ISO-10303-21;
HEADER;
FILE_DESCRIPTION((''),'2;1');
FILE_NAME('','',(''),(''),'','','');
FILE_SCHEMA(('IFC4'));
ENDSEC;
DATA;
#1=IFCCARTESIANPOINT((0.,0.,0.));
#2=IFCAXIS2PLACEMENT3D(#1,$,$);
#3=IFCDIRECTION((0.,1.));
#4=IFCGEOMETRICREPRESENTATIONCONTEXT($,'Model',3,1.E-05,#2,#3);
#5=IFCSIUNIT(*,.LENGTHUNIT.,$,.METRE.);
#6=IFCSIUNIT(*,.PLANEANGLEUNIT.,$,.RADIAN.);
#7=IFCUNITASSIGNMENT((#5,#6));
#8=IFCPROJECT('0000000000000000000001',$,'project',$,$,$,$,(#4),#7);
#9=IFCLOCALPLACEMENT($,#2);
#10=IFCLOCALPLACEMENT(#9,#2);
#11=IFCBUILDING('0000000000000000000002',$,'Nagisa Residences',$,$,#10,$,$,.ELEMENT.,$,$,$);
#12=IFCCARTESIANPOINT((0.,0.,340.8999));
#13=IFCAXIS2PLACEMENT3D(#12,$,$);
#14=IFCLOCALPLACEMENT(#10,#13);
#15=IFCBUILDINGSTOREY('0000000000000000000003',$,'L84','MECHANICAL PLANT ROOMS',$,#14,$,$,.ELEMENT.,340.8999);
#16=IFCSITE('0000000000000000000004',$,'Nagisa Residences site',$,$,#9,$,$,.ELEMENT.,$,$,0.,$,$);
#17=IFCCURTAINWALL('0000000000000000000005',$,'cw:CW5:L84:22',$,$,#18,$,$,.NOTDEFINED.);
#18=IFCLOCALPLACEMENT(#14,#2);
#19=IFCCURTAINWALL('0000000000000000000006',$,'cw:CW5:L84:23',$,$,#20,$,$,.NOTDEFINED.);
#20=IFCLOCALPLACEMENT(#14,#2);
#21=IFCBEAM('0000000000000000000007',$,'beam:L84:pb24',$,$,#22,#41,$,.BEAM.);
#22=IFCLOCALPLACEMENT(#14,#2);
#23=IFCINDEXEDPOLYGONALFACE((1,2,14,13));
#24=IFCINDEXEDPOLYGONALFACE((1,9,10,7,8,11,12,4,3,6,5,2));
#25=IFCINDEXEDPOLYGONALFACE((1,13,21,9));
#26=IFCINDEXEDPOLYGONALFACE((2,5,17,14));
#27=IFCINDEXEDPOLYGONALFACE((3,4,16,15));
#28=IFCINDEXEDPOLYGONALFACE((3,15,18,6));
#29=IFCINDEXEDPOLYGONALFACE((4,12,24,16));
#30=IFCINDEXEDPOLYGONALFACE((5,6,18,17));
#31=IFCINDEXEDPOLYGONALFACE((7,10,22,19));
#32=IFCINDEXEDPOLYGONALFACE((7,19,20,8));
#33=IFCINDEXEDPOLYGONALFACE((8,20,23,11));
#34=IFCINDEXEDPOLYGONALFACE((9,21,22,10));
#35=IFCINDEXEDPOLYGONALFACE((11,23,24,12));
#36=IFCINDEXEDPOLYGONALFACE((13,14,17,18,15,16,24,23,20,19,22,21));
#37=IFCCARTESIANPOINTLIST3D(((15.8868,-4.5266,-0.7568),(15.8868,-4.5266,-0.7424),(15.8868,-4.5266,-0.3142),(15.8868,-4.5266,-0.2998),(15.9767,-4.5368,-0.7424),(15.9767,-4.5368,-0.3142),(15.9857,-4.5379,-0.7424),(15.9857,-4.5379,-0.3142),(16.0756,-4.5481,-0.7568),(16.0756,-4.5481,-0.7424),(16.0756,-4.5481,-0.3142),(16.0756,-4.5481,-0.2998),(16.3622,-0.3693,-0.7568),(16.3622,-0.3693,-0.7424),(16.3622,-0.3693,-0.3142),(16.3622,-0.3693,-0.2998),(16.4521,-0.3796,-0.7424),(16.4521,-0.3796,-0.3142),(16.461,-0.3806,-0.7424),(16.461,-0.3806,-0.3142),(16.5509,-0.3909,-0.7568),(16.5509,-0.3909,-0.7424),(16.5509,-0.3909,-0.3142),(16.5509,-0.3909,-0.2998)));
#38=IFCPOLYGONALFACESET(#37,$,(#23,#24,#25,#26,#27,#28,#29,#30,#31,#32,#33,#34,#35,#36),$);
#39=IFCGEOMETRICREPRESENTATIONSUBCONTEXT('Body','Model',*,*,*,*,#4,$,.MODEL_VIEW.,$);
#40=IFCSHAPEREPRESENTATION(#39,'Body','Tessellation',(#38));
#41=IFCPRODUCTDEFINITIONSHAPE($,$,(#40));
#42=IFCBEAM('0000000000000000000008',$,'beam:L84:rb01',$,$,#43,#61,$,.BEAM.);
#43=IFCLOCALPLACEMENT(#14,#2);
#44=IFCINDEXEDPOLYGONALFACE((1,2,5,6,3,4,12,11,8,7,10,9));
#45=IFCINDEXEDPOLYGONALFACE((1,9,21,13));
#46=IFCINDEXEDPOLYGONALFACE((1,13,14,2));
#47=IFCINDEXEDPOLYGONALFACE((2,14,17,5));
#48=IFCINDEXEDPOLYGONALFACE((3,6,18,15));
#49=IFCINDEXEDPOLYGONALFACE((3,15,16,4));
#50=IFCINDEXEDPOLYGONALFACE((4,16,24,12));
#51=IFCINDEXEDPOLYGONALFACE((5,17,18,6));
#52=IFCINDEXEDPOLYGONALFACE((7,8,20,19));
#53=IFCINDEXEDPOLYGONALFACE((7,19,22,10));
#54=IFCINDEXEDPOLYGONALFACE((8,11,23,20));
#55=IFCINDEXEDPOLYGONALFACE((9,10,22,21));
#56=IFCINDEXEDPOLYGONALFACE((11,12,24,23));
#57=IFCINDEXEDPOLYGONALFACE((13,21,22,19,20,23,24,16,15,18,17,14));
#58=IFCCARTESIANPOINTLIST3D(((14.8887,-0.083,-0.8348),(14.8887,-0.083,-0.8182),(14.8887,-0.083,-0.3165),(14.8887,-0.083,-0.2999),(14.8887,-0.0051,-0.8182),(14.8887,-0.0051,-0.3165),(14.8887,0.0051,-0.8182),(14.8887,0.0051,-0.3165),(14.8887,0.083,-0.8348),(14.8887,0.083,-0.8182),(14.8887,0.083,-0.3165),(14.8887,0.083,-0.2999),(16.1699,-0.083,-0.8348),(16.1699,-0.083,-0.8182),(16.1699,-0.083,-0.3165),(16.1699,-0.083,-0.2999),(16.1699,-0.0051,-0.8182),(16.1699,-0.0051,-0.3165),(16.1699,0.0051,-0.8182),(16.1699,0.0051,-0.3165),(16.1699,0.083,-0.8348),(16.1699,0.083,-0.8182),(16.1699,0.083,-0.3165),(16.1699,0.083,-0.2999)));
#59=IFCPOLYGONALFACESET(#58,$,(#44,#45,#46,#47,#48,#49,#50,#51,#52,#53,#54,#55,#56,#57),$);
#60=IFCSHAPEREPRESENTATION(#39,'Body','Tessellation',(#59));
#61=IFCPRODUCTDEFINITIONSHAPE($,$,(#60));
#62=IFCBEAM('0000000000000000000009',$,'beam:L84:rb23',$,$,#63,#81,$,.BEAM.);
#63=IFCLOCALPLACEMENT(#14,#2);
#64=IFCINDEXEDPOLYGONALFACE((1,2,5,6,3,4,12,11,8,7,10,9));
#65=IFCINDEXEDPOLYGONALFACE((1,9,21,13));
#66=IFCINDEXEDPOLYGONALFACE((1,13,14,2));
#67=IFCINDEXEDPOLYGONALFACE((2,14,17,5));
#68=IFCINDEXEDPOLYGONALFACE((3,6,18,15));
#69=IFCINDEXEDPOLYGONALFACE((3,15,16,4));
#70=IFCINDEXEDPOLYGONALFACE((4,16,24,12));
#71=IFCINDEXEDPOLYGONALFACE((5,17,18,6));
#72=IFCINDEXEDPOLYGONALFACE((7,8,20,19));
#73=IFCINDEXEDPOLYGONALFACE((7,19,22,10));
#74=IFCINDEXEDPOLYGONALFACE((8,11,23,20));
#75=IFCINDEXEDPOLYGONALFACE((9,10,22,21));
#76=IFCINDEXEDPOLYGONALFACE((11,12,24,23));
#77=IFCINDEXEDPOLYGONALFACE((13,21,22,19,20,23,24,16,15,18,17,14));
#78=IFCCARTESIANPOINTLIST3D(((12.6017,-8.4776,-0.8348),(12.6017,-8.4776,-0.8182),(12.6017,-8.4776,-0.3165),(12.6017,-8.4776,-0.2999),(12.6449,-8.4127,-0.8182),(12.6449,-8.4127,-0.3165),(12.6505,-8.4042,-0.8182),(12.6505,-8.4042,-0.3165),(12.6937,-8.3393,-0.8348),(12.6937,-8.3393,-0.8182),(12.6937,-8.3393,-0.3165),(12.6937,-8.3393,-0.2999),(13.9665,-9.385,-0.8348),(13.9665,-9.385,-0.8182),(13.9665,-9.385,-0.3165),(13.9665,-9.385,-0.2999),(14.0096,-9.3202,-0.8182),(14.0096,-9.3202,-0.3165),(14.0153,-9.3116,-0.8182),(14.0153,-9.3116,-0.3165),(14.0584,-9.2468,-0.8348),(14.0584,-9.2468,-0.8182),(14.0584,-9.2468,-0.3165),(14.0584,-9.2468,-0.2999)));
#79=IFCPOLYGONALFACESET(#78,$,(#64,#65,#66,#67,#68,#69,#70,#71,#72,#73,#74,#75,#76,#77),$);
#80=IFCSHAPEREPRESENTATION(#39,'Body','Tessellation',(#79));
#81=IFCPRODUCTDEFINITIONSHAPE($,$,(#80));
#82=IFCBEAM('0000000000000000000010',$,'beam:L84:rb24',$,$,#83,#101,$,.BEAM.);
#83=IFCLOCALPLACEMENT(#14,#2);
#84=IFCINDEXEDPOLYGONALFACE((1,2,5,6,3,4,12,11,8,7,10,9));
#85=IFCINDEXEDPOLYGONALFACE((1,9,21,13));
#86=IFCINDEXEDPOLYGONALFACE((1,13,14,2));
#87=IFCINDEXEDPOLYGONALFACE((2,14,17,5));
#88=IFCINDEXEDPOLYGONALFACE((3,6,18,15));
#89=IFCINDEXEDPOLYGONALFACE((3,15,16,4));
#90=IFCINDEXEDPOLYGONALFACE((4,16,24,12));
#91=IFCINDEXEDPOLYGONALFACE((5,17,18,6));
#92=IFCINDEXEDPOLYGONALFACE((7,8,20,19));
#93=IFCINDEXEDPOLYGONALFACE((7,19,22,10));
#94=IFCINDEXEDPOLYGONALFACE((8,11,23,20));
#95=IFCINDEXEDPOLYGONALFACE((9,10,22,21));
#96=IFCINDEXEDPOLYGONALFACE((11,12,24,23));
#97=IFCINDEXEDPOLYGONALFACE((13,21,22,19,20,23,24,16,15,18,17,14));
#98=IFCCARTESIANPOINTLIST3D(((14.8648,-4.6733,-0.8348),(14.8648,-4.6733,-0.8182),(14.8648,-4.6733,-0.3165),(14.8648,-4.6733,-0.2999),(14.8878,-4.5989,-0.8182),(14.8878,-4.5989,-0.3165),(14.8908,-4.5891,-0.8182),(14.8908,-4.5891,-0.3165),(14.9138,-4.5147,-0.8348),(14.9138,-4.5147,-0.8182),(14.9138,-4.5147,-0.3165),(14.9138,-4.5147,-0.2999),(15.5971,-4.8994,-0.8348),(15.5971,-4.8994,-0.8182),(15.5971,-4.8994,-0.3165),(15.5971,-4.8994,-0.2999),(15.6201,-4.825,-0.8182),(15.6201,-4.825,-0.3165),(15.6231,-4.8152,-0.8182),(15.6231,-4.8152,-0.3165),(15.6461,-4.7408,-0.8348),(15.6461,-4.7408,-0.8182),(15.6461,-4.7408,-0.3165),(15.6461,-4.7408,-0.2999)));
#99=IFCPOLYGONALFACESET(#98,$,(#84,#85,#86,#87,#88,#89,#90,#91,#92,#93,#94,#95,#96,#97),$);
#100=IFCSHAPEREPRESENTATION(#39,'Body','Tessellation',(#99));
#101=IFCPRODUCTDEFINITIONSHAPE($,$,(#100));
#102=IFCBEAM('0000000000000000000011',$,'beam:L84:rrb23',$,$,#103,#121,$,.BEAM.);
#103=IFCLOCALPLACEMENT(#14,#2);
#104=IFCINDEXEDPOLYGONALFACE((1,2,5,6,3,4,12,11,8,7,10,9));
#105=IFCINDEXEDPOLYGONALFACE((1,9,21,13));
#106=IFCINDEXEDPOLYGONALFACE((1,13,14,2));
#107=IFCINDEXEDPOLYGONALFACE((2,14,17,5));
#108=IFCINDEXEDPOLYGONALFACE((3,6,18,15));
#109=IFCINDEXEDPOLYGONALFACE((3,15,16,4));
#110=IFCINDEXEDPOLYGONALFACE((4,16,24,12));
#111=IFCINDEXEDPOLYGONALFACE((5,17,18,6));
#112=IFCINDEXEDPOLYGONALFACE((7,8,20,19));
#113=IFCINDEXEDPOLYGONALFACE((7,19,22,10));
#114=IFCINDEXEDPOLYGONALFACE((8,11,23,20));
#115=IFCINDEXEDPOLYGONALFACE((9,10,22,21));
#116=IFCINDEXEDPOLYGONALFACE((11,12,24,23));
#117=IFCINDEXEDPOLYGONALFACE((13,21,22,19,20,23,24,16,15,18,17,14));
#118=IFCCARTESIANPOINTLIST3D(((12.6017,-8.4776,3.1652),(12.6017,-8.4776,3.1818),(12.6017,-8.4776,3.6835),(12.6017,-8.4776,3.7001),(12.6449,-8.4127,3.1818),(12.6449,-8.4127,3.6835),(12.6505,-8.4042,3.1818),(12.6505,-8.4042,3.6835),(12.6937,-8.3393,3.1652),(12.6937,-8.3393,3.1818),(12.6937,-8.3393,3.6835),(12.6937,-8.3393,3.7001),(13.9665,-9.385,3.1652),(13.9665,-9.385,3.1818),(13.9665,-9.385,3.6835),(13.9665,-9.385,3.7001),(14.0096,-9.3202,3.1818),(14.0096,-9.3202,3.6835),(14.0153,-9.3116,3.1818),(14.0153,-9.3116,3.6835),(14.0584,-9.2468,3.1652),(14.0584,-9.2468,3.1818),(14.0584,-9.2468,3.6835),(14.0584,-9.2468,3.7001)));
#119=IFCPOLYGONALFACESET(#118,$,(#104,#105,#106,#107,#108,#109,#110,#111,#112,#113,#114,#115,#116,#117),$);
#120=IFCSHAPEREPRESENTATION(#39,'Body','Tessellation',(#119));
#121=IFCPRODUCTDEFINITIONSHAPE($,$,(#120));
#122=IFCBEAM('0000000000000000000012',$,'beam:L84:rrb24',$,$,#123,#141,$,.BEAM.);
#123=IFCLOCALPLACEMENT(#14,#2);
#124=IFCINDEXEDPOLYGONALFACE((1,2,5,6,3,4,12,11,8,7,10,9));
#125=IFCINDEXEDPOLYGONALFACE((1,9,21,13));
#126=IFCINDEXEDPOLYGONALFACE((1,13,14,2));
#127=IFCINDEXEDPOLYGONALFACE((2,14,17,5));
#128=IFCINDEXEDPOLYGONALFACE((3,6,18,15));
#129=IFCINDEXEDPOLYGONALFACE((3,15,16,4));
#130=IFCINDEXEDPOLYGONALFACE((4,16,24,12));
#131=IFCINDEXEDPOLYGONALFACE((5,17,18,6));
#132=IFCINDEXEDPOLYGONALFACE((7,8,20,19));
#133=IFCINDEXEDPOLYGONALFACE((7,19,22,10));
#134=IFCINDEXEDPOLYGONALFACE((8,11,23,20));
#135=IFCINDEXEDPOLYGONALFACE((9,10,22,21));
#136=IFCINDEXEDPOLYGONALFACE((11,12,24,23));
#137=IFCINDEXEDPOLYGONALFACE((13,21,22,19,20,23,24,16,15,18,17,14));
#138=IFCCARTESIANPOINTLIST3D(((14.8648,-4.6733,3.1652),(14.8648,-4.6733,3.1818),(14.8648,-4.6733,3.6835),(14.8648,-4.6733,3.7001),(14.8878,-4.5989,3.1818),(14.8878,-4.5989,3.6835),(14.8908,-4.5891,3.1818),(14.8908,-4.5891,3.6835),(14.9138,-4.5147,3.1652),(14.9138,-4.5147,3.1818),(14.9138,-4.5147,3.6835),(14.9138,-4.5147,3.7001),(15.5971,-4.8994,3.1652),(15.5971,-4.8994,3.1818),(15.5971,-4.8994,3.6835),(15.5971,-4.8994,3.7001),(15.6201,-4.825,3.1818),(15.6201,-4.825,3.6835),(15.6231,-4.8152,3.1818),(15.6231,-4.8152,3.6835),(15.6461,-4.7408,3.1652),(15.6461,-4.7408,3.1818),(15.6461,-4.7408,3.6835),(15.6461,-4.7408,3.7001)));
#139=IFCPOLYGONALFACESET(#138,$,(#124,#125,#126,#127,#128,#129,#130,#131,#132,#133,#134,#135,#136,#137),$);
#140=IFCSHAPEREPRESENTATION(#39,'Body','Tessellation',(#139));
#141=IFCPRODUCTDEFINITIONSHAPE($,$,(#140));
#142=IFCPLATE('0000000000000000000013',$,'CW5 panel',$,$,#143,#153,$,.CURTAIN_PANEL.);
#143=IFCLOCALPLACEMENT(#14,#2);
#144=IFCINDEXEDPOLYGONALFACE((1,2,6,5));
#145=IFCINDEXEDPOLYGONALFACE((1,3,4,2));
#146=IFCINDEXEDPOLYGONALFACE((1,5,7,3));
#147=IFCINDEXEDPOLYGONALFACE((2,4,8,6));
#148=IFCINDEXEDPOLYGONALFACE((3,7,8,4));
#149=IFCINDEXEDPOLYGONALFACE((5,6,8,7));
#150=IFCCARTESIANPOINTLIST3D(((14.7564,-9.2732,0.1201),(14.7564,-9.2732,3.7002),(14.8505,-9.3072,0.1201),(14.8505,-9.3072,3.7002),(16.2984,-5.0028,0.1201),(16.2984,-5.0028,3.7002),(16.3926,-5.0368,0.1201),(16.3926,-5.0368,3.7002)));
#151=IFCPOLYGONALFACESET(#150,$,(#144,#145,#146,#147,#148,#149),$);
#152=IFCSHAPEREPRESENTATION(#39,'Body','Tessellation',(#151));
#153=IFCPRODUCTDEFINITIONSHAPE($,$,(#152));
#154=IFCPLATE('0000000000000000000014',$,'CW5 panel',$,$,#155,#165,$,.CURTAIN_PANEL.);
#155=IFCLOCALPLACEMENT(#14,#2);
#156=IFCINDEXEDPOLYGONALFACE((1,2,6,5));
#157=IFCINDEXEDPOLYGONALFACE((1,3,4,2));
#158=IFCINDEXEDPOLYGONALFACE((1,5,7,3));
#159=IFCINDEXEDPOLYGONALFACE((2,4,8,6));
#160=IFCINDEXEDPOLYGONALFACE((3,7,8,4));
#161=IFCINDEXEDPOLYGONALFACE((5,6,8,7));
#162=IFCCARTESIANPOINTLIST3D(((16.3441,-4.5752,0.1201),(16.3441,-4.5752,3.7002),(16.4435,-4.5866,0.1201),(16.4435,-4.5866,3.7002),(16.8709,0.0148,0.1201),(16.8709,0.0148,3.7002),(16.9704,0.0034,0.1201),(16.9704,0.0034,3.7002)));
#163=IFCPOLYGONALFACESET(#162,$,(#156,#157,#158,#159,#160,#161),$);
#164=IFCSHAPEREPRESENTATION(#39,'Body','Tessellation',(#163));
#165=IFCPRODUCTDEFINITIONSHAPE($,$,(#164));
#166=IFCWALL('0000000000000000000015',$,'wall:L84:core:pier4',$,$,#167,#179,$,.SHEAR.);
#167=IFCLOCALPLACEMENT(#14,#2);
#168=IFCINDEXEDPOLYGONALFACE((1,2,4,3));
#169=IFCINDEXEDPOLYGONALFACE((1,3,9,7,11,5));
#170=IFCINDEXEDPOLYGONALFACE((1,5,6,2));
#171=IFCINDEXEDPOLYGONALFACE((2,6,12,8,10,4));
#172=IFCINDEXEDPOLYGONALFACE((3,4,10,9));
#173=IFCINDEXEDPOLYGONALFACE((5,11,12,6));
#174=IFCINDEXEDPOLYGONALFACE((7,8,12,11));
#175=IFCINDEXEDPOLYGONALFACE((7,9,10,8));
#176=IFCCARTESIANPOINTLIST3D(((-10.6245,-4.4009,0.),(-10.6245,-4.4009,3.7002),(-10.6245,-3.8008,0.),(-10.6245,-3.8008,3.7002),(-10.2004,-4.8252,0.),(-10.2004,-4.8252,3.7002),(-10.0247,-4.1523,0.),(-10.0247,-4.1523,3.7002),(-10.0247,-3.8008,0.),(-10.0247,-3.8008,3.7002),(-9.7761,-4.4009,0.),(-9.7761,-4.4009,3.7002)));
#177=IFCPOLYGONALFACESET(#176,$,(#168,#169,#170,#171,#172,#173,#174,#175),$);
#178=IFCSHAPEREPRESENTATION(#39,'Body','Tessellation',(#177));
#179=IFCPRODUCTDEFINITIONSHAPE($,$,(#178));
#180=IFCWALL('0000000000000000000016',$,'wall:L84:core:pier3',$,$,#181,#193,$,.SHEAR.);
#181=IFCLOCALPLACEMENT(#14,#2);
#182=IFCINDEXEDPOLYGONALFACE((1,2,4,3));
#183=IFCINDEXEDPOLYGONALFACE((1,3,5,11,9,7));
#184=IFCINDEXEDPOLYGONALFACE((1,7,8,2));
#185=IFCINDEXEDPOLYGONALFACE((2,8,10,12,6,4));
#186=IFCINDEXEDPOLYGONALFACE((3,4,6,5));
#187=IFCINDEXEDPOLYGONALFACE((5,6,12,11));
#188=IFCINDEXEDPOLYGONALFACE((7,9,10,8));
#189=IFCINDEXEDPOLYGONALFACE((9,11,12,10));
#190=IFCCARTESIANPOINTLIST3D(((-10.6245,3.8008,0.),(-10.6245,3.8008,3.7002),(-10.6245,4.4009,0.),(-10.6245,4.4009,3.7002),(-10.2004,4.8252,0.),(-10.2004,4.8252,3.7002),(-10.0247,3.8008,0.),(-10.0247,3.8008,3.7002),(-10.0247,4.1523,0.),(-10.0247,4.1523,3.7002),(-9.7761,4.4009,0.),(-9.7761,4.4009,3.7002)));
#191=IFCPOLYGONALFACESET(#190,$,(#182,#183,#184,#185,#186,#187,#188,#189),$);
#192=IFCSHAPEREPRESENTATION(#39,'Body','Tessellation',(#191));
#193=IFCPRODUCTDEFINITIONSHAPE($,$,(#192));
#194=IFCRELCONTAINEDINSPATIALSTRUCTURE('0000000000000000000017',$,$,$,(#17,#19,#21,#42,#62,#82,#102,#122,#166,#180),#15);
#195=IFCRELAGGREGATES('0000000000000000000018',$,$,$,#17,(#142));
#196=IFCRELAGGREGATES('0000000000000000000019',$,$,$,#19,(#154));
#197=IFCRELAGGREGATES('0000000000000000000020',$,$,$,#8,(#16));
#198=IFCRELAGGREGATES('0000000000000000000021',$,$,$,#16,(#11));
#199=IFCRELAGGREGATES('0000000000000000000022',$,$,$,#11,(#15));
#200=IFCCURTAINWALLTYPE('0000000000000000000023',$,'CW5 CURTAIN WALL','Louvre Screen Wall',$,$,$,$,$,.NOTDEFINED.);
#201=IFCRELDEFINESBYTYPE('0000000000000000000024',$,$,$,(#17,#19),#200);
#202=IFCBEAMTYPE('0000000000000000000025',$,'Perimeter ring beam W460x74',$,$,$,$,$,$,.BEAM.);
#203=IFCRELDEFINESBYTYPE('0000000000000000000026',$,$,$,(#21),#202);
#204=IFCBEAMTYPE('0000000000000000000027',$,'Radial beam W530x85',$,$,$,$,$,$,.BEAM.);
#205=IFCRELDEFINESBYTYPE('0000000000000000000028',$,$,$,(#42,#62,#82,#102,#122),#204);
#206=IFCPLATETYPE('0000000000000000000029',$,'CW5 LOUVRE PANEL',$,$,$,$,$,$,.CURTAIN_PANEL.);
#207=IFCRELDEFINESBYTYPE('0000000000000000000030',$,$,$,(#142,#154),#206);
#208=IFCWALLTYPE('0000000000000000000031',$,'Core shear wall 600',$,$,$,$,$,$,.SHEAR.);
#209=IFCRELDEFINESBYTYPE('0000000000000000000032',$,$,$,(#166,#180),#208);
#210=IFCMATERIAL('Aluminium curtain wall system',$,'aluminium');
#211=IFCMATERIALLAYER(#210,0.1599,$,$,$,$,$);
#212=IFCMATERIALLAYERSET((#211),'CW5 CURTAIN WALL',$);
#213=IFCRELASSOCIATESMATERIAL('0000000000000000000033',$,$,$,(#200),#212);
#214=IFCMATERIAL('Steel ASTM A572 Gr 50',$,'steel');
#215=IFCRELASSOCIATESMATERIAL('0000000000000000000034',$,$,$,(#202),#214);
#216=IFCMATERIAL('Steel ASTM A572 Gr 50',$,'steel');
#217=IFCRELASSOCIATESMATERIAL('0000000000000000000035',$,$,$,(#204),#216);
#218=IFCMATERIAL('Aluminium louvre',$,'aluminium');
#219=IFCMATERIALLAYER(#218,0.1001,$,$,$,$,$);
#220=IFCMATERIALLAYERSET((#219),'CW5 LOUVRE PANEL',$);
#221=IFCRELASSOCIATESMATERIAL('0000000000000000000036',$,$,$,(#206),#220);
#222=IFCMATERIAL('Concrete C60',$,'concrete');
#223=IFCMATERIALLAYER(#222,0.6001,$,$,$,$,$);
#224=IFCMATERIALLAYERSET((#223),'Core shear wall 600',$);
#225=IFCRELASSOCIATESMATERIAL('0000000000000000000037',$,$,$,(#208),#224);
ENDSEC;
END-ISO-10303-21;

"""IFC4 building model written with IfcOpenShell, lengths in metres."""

from ifc_helpers import new_model, si_unit, direction, frame, origin, origin_2d, place, context, subcontext, project, spatial, polyline, rectangle, i_section, outline, extrude, material, layer, layer_set, material_profile, profile_set, type_object, element, aggregate, save


model = new_model("IFC4")

# Units and contexts
model_context = context("Model", 3, precision=1e-05, world=origin(), true_north=direction((0.0, 1.0)))
body_context = subcontext(model_context, "Body", "Model", "MODEL_VIEW")
ifc_project = project(units=[si_unit("LENGTHUNIT", "METRE"), si_unit("PLANEANGLEUNIT", "RADIAN")], contexts=[model_context])

# Site, building, storey
site_placement = place(None, origin())
site = spatial("IfcSite", under=ifc_project, at=site_placement, Name="Nagisa Residences site", CompositionType="ELEMENT", RefElevation=0.0)
building_placement = place(site_placement, origin())
building = spatial("IfcBuilding", under=site, at=building_placement, Name="Nagisa Residences", CompositionType="ELEMENT")
storey_placement = place(building_placement, frame((0.0, 0.0, 340.8999)))
storey = spatial("IfcBuildingStorey", under=building, at=storey_placement, Name="L84", Description="MECHANICAL PLANT ROOMS", CompositionType="ELEMENT", Elevation=340.8999)

# Curtain walls
ifc_material_1 = material(Name="Aluminium curtain wall system", Category="aluminium")
ifc_layer_1 = layer(ifc_material_1, 0.1599)
ifc_layer_set_1 = layer_set([ifc_layer_1], Name="CW5 CURTAIN WALL")
curtain_wall_type = type_object("IfcCurtainWallType", Name="CW5 CURTAIN WALL", Description="Louvre Screen Wall", PredefinedType="NOTDEFINED", material=ifc_layer_set_1)
curtain_wall_1_placement = place(storey_placement, origin())
curtain_wall_1 = element("IfcCurtainWall", 1, at=curtain_wall_1_placement, inside=storey, type_object=curtain_wall_type, Name="cw:CW5:L84:22", PredefinedType="NOTDEFINED")
curtain_wall_2_placement = place(storey_placement, origin())
curtain_wall_2 = element("IfcCurtainWall", 2, at=curtain_wall_2_placement, inside=storey, type_object=curtain_wall_type, Name="cw:CW5:L84:23", PredefinedType="NOTDEFINED")

# Beams
ifc_material_2 = material(Name="Steel ASTM A572 Gr 50", Category="steel")
ifc_material_profile_1 = material_profile(ifc_material_2, i_section(OverallWidth=0.1899, OverallDepth=0.457, WebThickness=0.009, FlangeThickness=0.0144, at=origin_2d()), Name="W460x74")
ifc_profile_set_1 = profile_set([ifc_material_profile_1], Name="Steel ASTM A572 Gr 50")
beam_type_1 = type_object("IfcBeamType", Name="Perimeter ring beam W460x74", PredefinedType="BEAM", material=ifc_profile_set_1)
beam_1_placement = place(storey_placement, frame((15.9812, -4.5374, -0.5283), z_axis=(0.113601, 0.993526, 0.0), x_axis=(-0.993526, 0.113601, 0.0)))
element("IfcBeam", 3, at=beam_1_placement, inside=storey, type_object=beam_type_1, Name="beam:L84:pb24", PredefinedType="BEAM", context=body_context, shape_type="SweptSolid", body=[
    extrude(i_section(OverallWidth=0.1899, OverallDepth=0.457, WebThickness=0.009, FlangeThickness=0.0144, at=origin_2d()), origin(), (0.0, 0.0, 1.0), 4.1843),
])
ifc_material_3 = material(Name="Steel ASTM A572 Gr 50", Category="steel")
ifc_material_profile_2 = material_profile(ifc_material_3, i_section(OverallWidth=0.166, OverallDepth=0.5349, WebThickness=0.0103, FlangeThickness=0.0166, at=origin_2d()), Name="W530x85")
ifc_profile_set_2 = profile_set([ifc_material_profile_2], Name="Steel ASTM A572 Gr 50")
beam_type_2 = type_object("IfcBeamType", Name="Radial beam W530x85", PredefinedType="BEAM", material=ifc_profile_set_2)
beam_2_placement = place(storey_placement, frame((16.1699, 0.0, -0.5674), z_axis=(-1.0, 0.0, 0.0), x_axis=(0.0, -1.0, 0.0)))
element("IfcBeam", 4, at=beam_2_placement, inside=storey, type_object=beam_type_2, Name="beam:L84:rb01", PredefinedType="BEAM", context=body_context, shape_type="SweptSolid", body=[
    extrude(i_section(OverallWidth=0.166, OverallDepth=0.5349, WebThickness=0.0103, FlangeThickness=0.0166, at=origin_2d()), origin(), (0.0, 0.0, 1.0), 1.2812),
])
beam_3_placement = place(storey_placement, frame((14.0125, -9.3159, -0.5674), z_axis=(-0.832714, 0.553703, 0.0), x_axis=(-0.553703, -0.832714, 0.0)))
element("IfcBeam", 5, at=beam_3_placement, inside=storey, type_object=beam_type_2, Name="beam:L84:rb23", PredefinedType="BEAM", context=body_context, shape_type="SweptSolid", body=[
    extrude(i_section(OverallWidth=0.166, OverallDepth=0.5349, WebThickness=0.0103, FlangeThickness=0.0166, at=origin_2d()), origin(), (0.0, 0.0, 1.0), 1.6389),
])
beam_4_placement = place(storey_placement, frame((15.6216, -4.8201, -0.5674), z_axis=(-0.955489, 0.295026, 0.0), x_axis=(-0.295026, -0.955489, 0.0)))
element("IfcBeam", 6, at=beam_4_placement, inside=storey, type_object=beam_type_2, Name="beam:L84:rb24", PredefinedType="BEAM", context=body_context, shape_type="SweptSolid", body=[
    extrude(i_section(OverallWidth=0.166, OverallDepth=0.5349, WebThickness=0.0103, FlangeThickness=0.0166, at=origin_2d()), origin(), (0.0, 0.0, 1.0), 0.7664),
])
beam_5_placement = place(storey_placement, frame((14.0125, -9.3159, 3.4326), z_axis=(-0.832714, 0.553703, 0.0), x_axis=(-0.553703, -0.832714, 0.0)))
element("IfcBeam", 7, at=beam_5_placement, inside=storey, type_object=beam_type_2, Name="beam:L84:rrb23", PredefinedType="BEAM", context=body_context, shape_type="SweptSolid", body=[
    extrude(i_section(OverallWidth=0.166, OverallDepth=0.5349, WebThickness=0.0103, FlangeThickness=0.0166, at=origin_2d()), origin(), (0.0, 0.0, 1.0), 1.6389),
])
beam_6_placement = place(storey_placement, frame((15.6216, -4.8201, 3.4326), z_axis=(-0.955489, 0.295026, 0.0), x_axis=(-0.295026, -0.955489, 0.0)))
element("IfcBeam", 8, at=beam_6_placement, inside=storey, type_object=beam_type_2, Name="beam:L84:rrb24", PredefinedType="BEAM", context=body_context, shape_type="SweptSolid", body=[
    extrude(i_section(OverallWidth=0.166, OverallDepth=0.5349, WebThickness=0.0103, FlangeThickness=0.0166, at=origin_2d()), origin(), (0.0, 0.0, 1.0), 0.7664),
])

# Plates
ifc_material_4 = material(Name="Aluminium louvre", Category="aluminium")
ifc_layer_2 = layer(ifc_material_4, 0.1001)
ifc_layer_set_2 = layer_set([ifc_layer_2], Name="CW5 LOUVRE PANEL")
plate_type = type_object("IfcPlateType", Name="CW5 LOUVRE PANEL", PredefinedType="CURTAIN_PANEL", material=ifc_layer_set_2)
plate_1_placement = place(storey_placement, frame((15.5745, -7.155, 0.1201), z_axis=(0.0, 0.0, 1.0), x_axis=(0.339643, 0.940554, 0.0)))
plate_1 = element("IfcPlate", 9, at=plate_1_placement, type_object=plate_type, Name="CW5 panel", PredefinedType="CURTAIN_PANEL", context=body_context, shape_type="SweptSolid", body=[
    extrude(rectangle(XDim=4.5403, YDim=0.1001, at=origin_2d()), origin(), (0.0, 0.0, 1.0), 3.5801),
])
aggregate(curtain_wall_1, [plate_1])
plate_2_placement = place(storey_placement, frame((16.6572, -2.2859, 0.1201), z_axis=(0.0, 0.0, 1.0), x_axis=(0.114025, 0.993478, 0.0)))
plate_2 = element("IfcPlate", 10, at=plate_2_placement, type_object=plate_type, Name="CW5 panel", PredefinedType="CURTAIN_PANEL", context=body_context, shape_type="SweptSolid", body=[
    extrude(rectangle(XDim=4.6201, YDim=0.1001, at=origin_2d()), origin(), (0.0, 0.0, 1.0), 3.5801),
])
aggregate(curtain_wall_2, [plate_2])

# Walls
ifc_material_5 = material(Name="Concrete C60", Category="concrete")
ifc_layer_3 = layer(ifc_material_5, 0.6001)
ifc_layer_set_3 = layer_set([ifc_layer_3], Name="Core shear wall 600")
wall_type_1 = type_object("IfcWallType", Name="Core shear wall 600", PredefinedType="SHEAR", material=ifc_layer_set_3)
wall_1_placement = place(storey_placement, origin())
element("IfcWall", 11, at=wall_1_placement, inside=storey, type_object=wall_type_1, Name="wall:L84:core:pier4", PredefinedType="SHEAR", context=body_context, shape_type="SweptSolid", body=[
    extrude(outline(polyline([(-10.6245, -3.8008), (-10.0247, -3.8008), (-10.0247, -4.1523), (-9.7761, -4.4009), (-10.2004, -4.8252), (-10.6245, -4.4009), (-10.6245, -3.8008)])), origin(), (0.0, 0.0, 1.0), 3.7002),
])
wall_2_placement = place(storey_placement, origin())
element("IfcWall", 12, at=wall_2_placement, inside=storey, type_object=wall_type_1, Name="wall:L84:core:pier3", PredefinedType="SHEAR", context=body_context, shape_type="SweptSolid", body=[
    extrude(outline(polyline([(-10.2004, 4.8252), (-9.7761, 4.4009), (-10.0247, 4.1523), (-10.0247, 3.8008), (-10.6245, 3.8008), (-10.6245, 4.4009), (-10.2004, 4.8252)])), origin(), (0.0, 0.0, 1.0), 3.7002),
])

save(model, "model.ifc")
